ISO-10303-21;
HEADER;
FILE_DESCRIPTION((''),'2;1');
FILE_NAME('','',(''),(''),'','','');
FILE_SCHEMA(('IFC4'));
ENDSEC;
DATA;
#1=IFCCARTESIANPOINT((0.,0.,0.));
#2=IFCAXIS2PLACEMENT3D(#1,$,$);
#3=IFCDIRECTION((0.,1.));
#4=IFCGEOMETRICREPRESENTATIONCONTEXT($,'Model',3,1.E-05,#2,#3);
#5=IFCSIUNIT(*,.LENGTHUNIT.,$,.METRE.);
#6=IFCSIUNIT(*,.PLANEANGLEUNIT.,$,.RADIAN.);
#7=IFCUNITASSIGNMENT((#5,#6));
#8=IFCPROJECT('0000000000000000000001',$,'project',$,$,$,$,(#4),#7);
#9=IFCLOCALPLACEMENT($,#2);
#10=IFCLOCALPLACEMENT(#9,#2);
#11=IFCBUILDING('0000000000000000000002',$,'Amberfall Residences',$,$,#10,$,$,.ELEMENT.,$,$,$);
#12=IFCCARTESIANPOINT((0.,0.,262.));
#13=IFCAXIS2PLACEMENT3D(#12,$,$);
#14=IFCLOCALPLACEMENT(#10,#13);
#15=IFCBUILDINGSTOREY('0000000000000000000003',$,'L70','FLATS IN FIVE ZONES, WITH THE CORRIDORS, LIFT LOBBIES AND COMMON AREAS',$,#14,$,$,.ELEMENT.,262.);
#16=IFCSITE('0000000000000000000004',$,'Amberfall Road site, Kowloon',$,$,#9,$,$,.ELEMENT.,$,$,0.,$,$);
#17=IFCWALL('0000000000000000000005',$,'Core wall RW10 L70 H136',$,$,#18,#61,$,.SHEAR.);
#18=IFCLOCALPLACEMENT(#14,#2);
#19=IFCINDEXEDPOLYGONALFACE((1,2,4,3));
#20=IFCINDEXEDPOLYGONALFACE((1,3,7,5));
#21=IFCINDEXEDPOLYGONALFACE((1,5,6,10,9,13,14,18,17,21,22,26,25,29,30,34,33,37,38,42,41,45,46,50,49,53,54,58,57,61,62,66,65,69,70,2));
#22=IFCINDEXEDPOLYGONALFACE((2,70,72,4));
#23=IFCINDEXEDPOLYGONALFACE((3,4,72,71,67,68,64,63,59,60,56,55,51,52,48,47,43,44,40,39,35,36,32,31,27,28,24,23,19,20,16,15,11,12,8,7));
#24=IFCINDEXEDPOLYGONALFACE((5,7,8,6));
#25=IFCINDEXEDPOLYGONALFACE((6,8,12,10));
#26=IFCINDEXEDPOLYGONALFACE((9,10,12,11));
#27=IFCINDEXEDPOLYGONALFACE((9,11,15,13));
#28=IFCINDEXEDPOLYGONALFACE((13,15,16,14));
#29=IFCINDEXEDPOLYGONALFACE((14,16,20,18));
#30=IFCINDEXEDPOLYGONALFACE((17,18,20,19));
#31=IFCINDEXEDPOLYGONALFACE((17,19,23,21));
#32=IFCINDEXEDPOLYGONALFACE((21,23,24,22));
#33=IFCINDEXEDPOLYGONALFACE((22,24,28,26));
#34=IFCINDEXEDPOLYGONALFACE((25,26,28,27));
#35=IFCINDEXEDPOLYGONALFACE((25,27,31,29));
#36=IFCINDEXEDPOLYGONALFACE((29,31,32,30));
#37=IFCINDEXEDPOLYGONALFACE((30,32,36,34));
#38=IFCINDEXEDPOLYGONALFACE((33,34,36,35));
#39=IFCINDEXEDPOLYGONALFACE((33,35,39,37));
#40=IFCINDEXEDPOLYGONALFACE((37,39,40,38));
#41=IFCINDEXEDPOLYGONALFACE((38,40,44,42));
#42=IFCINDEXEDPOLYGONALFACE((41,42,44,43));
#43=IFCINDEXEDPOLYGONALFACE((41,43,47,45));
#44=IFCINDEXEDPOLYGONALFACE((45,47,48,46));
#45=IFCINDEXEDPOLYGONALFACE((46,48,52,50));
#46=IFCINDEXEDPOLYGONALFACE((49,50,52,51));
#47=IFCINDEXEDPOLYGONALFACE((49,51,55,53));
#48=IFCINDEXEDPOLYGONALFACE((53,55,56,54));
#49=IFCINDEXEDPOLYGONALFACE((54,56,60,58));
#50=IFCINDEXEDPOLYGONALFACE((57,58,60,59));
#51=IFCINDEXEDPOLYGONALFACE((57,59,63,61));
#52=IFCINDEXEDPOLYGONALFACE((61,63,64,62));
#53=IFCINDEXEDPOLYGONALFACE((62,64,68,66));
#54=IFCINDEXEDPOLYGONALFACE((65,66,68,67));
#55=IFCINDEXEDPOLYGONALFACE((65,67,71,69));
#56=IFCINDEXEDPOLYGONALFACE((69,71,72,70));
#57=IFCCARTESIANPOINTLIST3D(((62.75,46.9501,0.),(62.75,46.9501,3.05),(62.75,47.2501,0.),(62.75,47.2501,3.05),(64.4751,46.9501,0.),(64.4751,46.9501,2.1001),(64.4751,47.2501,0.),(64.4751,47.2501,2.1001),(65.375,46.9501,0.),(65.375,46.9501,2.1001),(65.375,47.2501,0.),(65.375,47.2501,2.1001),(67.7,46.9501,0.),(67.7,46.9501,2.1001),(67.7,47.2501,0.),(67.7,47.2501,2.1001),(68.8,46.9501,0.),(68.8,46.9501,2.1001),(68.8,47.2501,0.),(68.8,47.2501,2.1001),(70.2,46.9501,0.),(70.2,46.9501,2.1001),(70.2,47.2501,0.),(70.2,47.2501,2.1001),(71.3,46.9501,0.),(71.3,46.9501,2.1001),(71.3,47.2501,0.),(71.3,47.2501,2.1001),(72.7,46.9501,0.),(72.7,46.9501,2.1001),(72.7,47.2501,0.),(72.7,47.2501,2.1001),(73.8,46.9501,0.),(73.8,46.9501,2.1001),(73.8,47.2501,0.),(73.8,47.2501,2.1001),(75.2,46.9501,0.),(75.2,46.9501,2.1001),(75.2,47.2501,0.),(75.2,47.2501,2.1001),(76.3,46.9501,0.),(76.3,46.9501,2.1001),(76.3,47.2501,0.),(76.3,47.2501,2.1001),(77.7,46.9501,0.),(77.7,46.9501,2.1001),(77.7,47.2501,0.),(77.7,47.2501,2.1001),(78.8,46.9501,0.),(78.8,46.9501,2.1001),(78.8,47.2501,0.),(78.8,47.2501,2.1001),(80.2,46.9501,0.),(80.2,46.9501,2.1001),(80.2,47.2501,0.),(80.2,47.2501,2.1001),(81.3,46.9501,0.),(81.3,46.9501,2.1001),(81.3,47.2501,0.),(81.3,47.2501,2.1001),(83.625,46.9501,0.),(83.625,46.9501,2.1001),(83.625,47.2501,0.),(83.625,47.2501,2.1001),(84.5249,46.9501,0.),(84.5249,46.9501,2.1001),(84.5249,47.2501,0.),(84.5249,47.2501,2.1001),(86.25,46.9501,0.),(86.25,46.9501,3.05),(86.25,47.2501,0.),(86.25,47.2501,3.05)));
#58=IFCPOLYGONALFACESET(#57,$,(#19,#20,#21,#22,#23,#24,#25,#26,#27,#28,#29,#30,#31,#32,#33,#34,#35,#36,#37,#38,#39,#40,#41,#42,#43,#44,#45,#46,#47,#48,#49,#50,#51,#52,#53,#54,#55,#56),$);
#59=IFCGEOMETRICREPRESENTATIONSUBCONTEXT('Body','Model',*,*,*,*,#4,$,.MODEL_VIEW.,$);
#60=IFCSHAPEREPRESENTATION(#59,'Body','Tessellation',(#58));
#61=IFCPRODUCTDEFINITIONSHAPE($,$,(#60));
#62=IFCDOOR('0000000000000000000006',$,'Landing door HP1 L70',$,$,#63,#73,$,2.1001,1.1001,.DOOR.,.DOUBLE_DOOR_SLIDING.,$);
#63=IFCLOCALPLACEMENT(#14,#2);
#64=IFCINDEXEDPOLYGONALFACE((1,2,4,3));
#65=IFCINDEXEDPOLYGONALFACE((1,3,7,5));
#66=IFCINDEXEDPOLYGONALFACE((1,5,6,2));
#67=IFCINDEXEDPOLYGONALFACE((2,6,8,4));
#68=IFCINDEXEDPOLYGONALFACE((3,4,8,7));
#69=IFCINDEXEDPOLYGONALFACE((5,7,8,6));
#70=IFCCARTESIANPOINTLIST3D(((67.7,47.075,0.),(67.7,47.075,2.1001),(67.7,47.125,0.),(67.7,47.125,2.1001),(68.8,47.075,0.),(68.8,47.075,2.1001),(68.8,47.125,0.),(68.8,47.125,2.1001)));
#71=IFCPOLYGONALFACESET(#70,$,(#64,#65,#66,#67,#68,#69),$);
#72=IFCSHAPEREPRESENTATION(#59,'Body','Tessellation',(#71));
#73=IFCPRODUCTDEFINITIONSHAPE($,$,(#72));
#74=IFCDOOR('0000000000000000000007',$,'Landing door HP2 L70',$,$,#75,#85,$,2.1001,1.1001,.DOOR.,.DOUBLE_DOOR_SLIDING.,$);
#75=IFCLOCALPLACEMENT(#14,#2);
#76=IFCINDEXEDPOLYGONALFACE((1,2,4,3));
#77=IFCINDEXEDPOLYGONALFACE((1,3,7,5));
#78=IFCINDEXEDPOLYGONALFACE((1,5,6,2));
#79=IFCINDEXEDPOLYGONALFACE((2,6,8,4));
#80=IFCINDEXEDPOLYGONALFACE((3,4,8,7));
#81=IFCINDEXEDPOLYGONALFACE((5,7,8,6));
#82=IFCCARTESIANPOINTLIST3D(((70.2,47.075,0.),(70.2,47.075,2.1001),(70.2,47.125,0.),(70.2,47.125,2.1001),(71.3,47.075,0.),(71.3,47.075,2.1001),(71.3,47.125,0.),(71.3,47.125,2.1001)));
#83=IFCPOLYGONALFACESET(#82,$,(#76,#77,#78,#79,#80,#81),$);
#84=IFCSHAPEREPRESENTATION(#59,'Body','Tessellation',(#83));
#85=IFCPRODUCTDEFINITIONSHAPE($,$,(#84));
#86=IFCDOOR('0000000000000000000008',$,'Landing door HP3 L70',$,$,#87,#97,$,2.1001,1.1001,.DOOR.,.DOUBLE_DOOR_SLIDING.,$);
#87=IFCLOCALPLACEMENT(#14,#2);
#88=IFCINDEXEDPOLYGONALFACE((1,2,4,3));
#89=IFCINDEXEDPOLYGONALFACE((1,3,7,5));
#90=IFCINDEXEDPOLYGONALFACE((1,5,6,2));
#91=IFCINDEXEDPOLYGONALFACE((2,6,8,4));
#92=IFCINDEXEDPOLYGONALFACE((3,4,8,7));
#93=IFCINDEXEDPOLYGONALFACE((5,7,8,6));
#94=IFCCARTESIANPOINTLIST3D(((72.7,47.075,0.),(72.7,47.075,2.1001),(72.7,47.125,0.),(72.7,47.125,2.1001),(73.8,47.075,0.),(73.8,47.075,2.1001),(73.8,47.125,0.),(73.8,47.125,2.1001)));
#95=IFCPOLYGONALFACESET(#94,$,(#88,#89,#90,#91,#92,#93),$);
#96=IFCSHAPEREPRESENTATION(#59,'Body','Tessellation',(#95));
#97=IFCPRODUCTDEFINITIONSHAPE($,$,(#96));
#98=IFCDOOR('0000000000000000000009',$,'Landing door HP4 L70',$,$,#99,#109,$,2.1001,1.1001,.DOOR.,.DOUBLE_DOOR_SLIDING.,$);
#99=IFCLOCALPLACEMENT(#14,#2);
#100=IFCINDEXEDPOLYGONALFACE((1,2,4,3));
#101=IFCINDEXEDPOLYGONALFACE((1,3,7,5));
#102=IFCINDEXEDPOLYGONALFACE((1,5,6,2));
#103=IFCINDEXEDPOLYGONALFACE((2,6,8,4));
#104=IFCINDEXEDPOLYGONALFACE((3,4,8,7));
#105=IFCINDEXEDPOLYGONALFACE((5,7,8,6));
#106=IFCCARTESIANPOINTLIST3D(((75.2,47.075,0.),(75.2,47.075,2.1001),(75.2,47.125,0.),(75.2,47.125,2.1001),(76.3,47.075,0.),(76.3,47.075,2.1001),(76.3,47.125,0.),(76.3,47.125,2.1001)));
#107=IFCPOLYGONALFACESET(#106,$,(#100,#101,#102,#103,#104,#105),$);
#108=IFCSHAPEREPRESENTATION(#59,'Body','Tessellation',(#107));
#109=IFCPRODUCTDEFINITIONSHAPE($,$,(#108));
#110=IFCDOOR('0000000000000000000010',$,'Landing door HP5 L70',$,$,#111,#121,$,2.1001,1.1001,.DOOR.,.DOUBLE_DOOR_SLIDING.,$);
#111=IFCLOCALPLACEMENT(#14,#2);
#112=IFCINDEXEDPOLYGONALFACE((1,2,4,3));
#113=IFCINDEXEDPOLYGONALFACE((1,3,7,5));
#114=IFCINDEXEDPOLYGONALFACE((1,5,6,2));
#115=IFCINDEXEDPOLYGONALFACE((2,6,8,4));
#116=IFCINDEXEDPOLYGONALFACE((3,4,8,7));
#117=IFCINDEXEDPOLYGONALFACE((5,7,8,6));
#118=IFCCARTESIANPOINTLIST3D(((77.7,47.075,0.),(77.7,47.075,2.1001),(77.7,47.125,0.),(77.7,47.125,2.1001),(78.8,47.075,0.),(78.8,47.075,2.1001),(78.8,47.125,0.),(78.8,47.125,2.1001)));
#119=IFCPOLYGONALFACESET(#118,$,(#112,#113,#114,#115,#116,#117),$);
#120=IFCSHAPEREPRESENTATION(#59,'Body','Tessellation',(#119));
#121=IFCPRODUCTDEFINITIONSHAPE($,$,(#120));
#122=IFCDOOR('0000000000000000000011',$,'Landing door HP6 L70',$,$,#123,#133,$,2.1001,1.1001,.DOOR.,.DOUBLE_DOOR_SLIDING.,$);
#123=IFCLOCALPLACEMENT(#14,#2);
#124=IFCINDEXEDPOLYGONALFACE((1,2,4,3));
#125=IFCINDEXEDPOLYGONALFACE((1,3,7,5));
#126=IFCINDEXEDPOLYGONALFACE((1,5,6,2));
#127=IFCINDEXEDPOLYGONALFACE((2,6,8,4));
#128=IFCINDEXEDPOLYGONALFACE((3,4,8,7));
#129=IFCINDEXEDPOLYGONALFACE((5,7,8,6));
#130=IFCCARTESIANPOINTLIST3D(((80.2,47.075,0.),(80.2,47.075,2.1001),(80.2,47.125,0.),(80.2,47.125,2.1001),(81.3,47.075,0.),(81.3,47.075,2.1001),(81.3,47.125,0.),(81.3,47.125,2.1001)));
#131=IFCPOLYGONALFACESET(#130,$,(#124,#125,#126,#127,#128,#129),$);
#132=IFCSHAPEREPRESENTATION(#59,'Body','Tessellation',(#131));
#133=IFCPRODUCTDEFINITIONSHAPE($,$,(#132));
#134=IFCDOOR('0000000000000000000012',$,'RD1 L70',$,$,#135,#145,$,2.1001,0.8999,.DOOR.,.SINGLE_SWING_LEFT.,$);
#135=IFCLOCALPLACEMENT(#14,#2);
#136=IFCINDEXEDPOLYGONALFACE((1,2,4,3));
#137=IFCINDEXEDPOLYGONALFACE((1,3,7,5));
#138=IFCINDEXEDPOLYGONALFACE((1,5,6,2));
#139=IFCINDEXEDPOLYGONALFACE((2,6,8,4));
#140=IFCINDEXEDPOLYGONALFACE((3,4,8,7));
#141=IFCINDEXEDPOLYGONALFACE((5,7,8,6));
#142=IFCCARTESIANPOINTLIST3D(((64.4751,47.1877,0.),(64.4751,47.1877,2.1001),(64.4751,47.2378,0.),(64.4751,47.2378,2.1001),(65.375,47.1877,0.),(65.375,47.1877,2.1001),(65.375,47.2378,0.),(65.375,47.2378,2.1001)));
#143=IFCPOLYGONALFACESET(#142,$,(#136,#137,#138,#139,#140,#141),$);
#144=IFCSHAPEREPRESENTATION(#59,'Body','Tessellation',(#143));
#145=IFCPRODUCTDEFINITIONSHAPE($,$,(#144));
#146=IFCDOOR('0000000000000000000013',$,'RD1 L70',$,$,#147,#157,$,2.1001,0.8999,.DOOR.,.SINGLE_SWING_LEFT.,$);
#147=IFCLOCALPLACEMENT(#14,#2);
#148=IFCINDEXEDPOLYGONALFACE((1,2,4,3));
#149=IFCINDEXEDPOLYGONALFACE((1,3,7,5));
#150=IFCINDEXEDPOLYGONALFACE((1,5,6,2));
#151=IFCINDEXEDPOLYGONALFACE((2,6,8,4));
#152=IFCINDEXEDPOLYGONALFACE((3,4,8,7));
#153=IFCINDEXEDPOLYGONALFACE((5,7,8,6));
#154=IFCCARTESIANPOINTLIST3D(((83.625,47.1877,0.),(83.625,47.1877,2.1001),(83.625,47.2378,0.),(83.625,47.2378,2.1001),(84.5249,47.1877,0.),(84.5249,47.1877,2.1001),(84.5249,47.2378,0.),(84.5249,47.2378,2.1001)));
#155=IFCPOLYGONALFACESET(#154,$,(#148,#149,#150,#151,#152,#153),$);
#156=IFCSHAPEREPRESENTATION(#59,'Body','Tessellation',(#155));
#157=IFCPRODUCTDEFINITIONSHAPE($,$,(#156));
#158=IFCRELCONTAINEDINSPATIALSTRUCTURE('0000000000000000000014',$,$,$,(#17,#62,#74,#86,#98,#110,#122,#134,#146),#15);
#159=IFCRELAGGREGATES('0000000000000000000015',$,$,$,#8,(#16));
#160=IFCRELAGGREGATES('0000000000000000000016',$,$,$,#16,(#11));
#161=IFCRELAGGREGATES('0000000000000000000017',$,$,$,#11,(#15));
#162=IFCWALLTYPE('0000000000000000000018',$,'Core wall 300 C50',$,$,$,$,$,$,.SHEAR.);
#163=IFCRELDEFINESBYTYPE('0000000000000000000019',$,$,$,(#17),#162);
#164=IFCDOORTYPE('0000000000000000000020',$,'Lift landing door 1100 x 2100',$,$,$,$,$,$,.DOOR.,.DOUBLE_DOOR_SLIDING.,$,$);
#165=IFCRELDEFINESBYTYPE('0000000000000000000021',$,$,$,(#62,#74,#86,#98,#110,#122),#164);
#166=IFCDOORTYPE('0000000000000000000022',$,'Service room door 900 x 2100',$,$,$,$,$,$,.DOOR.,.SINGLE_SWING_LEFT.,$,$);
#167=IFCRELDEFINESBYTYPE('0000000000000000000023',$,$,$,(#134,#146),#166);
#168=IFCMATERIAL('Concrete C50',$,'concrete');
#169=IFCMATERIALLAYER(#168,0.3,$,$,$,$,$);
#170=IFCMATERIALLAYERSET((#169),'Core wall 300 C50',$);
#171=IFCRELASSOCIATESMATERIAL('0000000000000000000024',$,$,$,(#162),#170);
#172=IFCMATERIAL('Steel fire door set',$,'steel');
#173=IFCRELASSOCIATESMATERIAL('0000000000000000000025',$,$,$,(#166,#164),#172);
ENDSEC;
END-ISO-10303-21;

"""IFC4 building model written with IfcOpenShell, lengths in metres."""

from ifc_helpers import new_model, si_unit, direction, frame, frame_2d, origin, place, context, subcontext, project, spatial, rectangle, extrude, material, layer, layer_set, type_object, element, fill, save


model = new_model("IFC4")

# Units and contexts
model_context = context("Model", 3, precision=1e-05, world=origin(), true_north=direction((0.0, 1.0)))
body_context = subcontext(model_context, "Body", "Model", "MODEL_VIEW")
ifc_project = project(units=[si_unit("LENGTHUNIT", "METRE"), si_unit("PLANEANGLEUNIT", "RADIAN")], contexts=[model_context])

# Site, building, storey
site_placement = place(None, origin())
site = spatial("IfcSite", under=ifc_project, at=site_placement, Name="Amberfall Road site, Kowloon", CompositionType="ELEMENT", RefElevation=0.0)
building_placement = place(site_placement, origin())
building = spatial("IfcBuilding", under=site, at=building_placement, Name="Amberfall Residences", CompositionType="ELEMENT")
storey_placement = place(building_placement, frame((0.0, 0.0, 262.0)))
storey = spatial("IfcBuildingStorey", under=building, at=storey_placement, Name="L70", Description="FLATS IN FIVE ZONES, WITH THE CORRIDORS, LIFT LOBBIES AND COMMON AREAS", CompositionType="ELEMENT", Elevation=262.0)

# Wall, openings, doors
ifc_material_1 = material(Name="Concrete C50", Category="concrete")
ifc_layer = layer(ifc_material_1, 0.3)
ifc_layer_set = layer_set([ifc_layer], Name="Core wall 300 C50")
wall_type = type_object("IfcWallType", Name="Core wall 300 C50", PredefinedType="SHEAR", material=ifc_layer_set)
ifc_material_2 = material(Name="Steel fire door set", Category="steel")
door_type_1 = type_object("IfcDoorType", Name="Service room door 900 x 2100", OperationType="SINGLE_SWING_LEFT", PredefinedType="DOOR", material=ifc_material_2)
wall_1_placement = place(storey_placement, frame((62.75, 47.1001, 0.0), z_axis=(0.0, 0.0, 1.0), x_axis=(1.0, 0.0, 0.0)))
wall_1 = element("IfcWall", 1, at=wall_1_placement, inside=storey, type_object=wall_type, Name="Core wall RW10 L70 H136", PredefinedType="SHEAR", context=body_context, shape_type="SweptSolid", body=[
    extrude(rectangle(XDim=23.5, YDim=0.3, at=frame_2d((11.75, 0.0))), origin(), (0.0, 0.0, 1.0), 3.05),
])
opening_1_placement = place(wall_1_placement, frame((1.7251, 0.0, 0.0)))
opening_1 = element("IfcOpeningElement", 2, at=opening_1_placement, cuts=wall_1, PredefinedType="OPENING", context=body_context, shape_type="SweptSolid", body=[
    extrude(rectangle(XDim=0.8999, YDim=2.1001, at=frame_2d((0.45, 1.05))), frame((0.0, 0.1599, 0.0), z_axis=(0.0, -1.0, 0.0), x_axis=(1.0, 0.0, 0.0)), (0.0, 0.0, 1.0), 0.3201),
])
opening_2_placement = place(wall_1_placement, frame((20.875, 0.0, 0.0)))
opening_2 = element("IfcOpeningElement", 3, at=opening_2_placement, cuts=wall_1, PredefinedType="OPENING", context=body_context, shape_type="SweptSolid", body=[
    extrude(rectangle(XDim=0.8999, YDim=2.1001, at=frame_2d((0.45, 1.05))), frame((0.0, 0.1599, 0.0), z_axis=(0.0, -1.0, 0.0), x_axis=(1.0, 0.0, 0.0)), (0.0, 0.0, 1.0), 0.3201),
])
opening_3_placement = place(wall_1_placement, frame((4.95, 0.0, 0.0)))
opening_3 = element("IfcOpeningElement", 4, at=opening_3_placement, cuts=wall_1, PredefinedType="OPENING", context=body_context, shape_type="SweptSolid", body=[
    extrude(rectangle(XDim=1.1001, YDim=2.1001, at=frame_2d((0.55, 1.05))), frame((0.0, 0.1599, 0.0), z_axis=(0.0, -1.0, 0.0), x_axis=(1.0, 0.0, 0.0)), (0.0, 0.0, 1.0), 0.3201),
])
opening_4_placement = place(wall_1_placement, frame((7.45, 0.0, 0.0)))
opening_4 = element("IfcOpeningElement", 5, at=opening_4_placement, cuts=wall_1, PredefinedType="OPENING", context=body_context, shape_type="SweptSolid", body=[
    extrude(rectangle(XDim=1.1001, YDim=2.1001, at=frame_2d((0.55, 1.05))), frame((0.0, 0.1599, 0.0), z_axis=(0.0, -1.0, 0.0), x_axis=(1.0, 0.0, 0.0)), (0.0, 0.0, 1.0), 0.3201),
])
opening_5_placement = place(wall_1_placement, frame((9.95, 0.0, 0.0)))
opening_5 = element("IfcOpeningElement", 6, at=opening_5_placement, cuts=wall_1, PredefinedType="OPENING", context=body_context, shape_type="SweptSolid", body=[
    extrude(rectangle(XDim=1.1001, YDim=2.1001, at=frame_2d((0.55, 1.05))), frame((0.0, 0.1599, 0.0), z_axis=(0.0, -1.0, 0.0), x_axis=(1.0, 0.0, 0.0)), (0.0, 0.0, 1.0), 0.3201),
])
opening_6_placement = place(wall_1_placement, frame((12.45, 0.0, 0.0)))
opening_6 = element("IfcOpeningElement", 7, at=opening_6_placement, cuts=wall_1, PredefinedType="OPENING", context=body_context, shape_type="SweptSolid", body=[
    extrude(rectangle(XDim=1.1001, YDim=2.1001, at=frame_2d((0.55, 1.05))), frame((0.0, 0.1599, 0.0), z_axis=(0.0, -1.0, 0.0), x_axis=(1.0, 0.0, 0.0)), (0.0, 0.0, 1.0), 0.3201),
])
opening_7_placement = place(wall_1_placement, frame((14.95, 0.0, 0.0)))
opening_7 = element("IfcOpeningElement", 8, at=opening_7_placement, cuts=wall_1, PredefinedType="OPENING", context=body_context, shape_type="SweptSolid", body=[
    extrude(rectangle(XDim=1.1001, YDim=2.1001, at=frame_2d((0.55, 1.05))), frame((0.0, 0.1599, 0.0), z_axis=(0.0, -1.0, 0.0), x_axis=(1.0, 0.0, 0.0)), (0.0, 0.0, 1.0), 0.3201),
])
opening_8_placement = place(wall_1_placement, frame((17.45, 0.0, 0.0)))
opening_8 = element("IfcOpeningElement", 9, at=opening_8_placement, cuts=wall_1, PredefinedType="OPENING", context=body_context, shape_type="SweptSolid", body=[
    extrude(rectangle(XDim=1.1001, YDim=2.1001, at=frame_2d((0.55, 1.05))), frame((0.0, 0.1599, 0.0), z_axis=(0.0, -1.0, 0.0), x_axis=(1.0, 0.0, 0.0)), (0.0, 0.0, 1.0), 0.3201),
])
door_type_2 = type_object("IfcDoorType", Name="Lift landing door 1100 x 2100", OperationType="DOUBLE_DOOR_SLIDING", PredefinedType="DOOR", material=ifc_material_2)
door_1_placement = place(opening_3_placement, origin())
door_1 = element("IfcDoor", 10, at=door_1_placement, inside=storey, type_object=door_type_2, Name="Landing door HP1 L70", OperationType="DOUBLE_DOOR_SLIDING", OverallHeight=2.1001, OverallWidth=1.1001, PredefinedType="DOOR", context=body_context, shape_type="SweptSolid", body=[
    extrude(rectangle(XDim=1.1001, YDim=2.1001, at=frame_2d((0.55, 1.05))), frame((0.0, 0.0249, 0.0), z_axis=(0.0, -1.0, 0.0), x_axis=(1.0, 0.0, 0.0)), (0.0, 0.0, 1.0), 0.05),
])
fill(opening_3, door_1)
door_2_placement = place(opening_4_placement, origin())
door_2 = element("IfcDoor", 11, at=door_2_placement, inside=storey, type_object=door_type_2, Name="Landing door HP2 L70", OperationType="DOUBLE_DOOR_SLIDING", OverallHeight=2.1001, OverallWidth=1.1001, PredefinedType="DOOR", context=body_context, shape_type="SweptSolid", body=[
    extrude(rectangle(XDim=1.1001, YDim=2.1001, at=frame_2d((0.55, 1.05))), frame((0.0, 0.0249, 0.0), z_axis=(0.0, -1.0, 0.0), x_axis=(1.0, 0.0, 0.0)), (0.0, 0.0, 1.0), 0.05),
])
fill(opening_4, door_2)
door_3_placement = place(opening_5_placement, origin())
door_3 = element("IfcDoor", 12, at=door_3_placement, inside=storey, type_object=door_type_2, Name="Landing door HP3 L70", OperationType="DOUBLE_DOOR_SLIDING", OverallHeight=2.1001, OverallWidth=1.1001, PredefinedType="DOOR", context=body_context, shape_type="SweptSolid", body=[
    extrude(rectangle(XDim=1.1001, YDim=2.1001, at=frame_2d((0.55, 1.05))), frame((0.0, 0.0249, 0.0), z_axis=(0.0, -1.0, 0.0), x_axis=(1.0, 0.0, 0.0)), (0.0, 0.0, 1.0), 0.05),
])
fill(opening_5, door_3)
door_4_placement = place(opening_6_placement, origin())
door_4 = element("IfcDoor", 13, at=door_4_placement, inside=storey, type_object=door_type_2, Name="Landing door HP4 L70", OperationType="DOUBLE_DOOR_SLIDING", OverallHeight=2.1001, OverallWidth=1.1001, PredefinedType="DOOR", context=body_context, shape_type="SweptSolid", body=[
    extrude(rectangle(XDim=1.1001, YDim=2.1001, at=frame_2d((0.55, 1.05))), frame((0.0, 0.0249, 0.0), z_axis=(0.0, -1.0, 0.0), x_axis=(1.0, 0.0, 0.0)), (0.0, 0.0, 1.0), 0.05),
])
fill(opening_6, door_4)
door_5_placement = place(opening_7_placement, origin())
door_5 = element("IfcDoor", 14, at=door_5_placement, inside=storey, type_object=door_type_2, Name="Landing door HP5 L70", OperationType="DOUBLE_DOOR_SLIDING", OverallHeight=2.1001, OverallWidth=1.1001, PredefinedType="DOOR", context=body_context, shape_type="SweptSolid", body=[
    extrude(rectangle(XDim=1.1001, YDim=2.1001, at=frame_2d((0.55, 1.05))), frame((0.0, 0.0249, 0.0), z_axis=(0.0, -1.0, 0.0), x_axis=(1.0, 0.0, 0.0)), (0.0, 0.0, 1.0), 0.05),
])
fill(opening_7, door_5)
door_6_placement = place(opening_8_placement, origin())
door_6 = element("IfcDoor", 15, at=door_6_placement, inside=storey, type_object=door_type_2, Name="Landing door HP6 L70", OperationType="DOUBLE_DOOR_SLIDING", OverallHeight=2.1001, OverallWidth=1.1001, PredefinedType="DOOR", context=body_context, shape_type="SweptSolid", body=[
    extrude(rectangle(XDim=1.1001, YDim=2.1001, at=frame_2d((0.55, 1.05))), frame((0.0, 0.0249, 0.0), z_axis=(0.0, -1.0, 0.0), x_axis=(1.0, 0.0, 0.0)), (0.0, 0.0, 1.0), 0.05),
])
fill(opening_8, door_6)
door_7_placement = place(opening_1_placement, origin())
door_7 = element("IfcDoor", 16, at=door_7_placement, inside=storey, type_object=door_type_1, Name="RD1 L70", OperationType="SINGLE_SWING_LEFT", OverallHeight=2.1001, OverallWidth=0.8999, PredefinedType="DOOR", context=body_context, shape_type="SweptSolid", body=[
    extrude(rectangle(XDim=0.8999, YDim=2.1001, at=frame_2d((0.45, 1.05))), frame((0.0, 0.1377, 0.0), z_axis=(0.0, -1.0, 0.0), x_axis=(1.0, 0.0, 0.0)), (0.0, 0.0, 1.0), 0.05),
])
fill(opening_1, door_7)
door_8_placement = place(opening_2_placement, origin())
door_8 = element("IfcDoor", 17, at=door_8_placement, inside=storey, type_object=door_type_1, Name="RD1 L70", OperationType="SINGLE_SWING_LEFT", OverallHeight=2.1001, OverallWidth=0.8999, PredefinedType="DOOR", context=body_context, shape_type="SweptSolid", body=[
    extrude(rectangle(XDim=0.8999, YDim=2.1001, at=frame_2d((0.45, 1.05))), frame((0.0, 0.1377, 0.0), z_axis=(0.0, -1.0, 0.0), x_axis=(1.0, 0.0, 0.0)), (0.0, 0.0, 1.0), 0.05),
])
fill(opening_2, door_8)

save(model, "model.ifc")
